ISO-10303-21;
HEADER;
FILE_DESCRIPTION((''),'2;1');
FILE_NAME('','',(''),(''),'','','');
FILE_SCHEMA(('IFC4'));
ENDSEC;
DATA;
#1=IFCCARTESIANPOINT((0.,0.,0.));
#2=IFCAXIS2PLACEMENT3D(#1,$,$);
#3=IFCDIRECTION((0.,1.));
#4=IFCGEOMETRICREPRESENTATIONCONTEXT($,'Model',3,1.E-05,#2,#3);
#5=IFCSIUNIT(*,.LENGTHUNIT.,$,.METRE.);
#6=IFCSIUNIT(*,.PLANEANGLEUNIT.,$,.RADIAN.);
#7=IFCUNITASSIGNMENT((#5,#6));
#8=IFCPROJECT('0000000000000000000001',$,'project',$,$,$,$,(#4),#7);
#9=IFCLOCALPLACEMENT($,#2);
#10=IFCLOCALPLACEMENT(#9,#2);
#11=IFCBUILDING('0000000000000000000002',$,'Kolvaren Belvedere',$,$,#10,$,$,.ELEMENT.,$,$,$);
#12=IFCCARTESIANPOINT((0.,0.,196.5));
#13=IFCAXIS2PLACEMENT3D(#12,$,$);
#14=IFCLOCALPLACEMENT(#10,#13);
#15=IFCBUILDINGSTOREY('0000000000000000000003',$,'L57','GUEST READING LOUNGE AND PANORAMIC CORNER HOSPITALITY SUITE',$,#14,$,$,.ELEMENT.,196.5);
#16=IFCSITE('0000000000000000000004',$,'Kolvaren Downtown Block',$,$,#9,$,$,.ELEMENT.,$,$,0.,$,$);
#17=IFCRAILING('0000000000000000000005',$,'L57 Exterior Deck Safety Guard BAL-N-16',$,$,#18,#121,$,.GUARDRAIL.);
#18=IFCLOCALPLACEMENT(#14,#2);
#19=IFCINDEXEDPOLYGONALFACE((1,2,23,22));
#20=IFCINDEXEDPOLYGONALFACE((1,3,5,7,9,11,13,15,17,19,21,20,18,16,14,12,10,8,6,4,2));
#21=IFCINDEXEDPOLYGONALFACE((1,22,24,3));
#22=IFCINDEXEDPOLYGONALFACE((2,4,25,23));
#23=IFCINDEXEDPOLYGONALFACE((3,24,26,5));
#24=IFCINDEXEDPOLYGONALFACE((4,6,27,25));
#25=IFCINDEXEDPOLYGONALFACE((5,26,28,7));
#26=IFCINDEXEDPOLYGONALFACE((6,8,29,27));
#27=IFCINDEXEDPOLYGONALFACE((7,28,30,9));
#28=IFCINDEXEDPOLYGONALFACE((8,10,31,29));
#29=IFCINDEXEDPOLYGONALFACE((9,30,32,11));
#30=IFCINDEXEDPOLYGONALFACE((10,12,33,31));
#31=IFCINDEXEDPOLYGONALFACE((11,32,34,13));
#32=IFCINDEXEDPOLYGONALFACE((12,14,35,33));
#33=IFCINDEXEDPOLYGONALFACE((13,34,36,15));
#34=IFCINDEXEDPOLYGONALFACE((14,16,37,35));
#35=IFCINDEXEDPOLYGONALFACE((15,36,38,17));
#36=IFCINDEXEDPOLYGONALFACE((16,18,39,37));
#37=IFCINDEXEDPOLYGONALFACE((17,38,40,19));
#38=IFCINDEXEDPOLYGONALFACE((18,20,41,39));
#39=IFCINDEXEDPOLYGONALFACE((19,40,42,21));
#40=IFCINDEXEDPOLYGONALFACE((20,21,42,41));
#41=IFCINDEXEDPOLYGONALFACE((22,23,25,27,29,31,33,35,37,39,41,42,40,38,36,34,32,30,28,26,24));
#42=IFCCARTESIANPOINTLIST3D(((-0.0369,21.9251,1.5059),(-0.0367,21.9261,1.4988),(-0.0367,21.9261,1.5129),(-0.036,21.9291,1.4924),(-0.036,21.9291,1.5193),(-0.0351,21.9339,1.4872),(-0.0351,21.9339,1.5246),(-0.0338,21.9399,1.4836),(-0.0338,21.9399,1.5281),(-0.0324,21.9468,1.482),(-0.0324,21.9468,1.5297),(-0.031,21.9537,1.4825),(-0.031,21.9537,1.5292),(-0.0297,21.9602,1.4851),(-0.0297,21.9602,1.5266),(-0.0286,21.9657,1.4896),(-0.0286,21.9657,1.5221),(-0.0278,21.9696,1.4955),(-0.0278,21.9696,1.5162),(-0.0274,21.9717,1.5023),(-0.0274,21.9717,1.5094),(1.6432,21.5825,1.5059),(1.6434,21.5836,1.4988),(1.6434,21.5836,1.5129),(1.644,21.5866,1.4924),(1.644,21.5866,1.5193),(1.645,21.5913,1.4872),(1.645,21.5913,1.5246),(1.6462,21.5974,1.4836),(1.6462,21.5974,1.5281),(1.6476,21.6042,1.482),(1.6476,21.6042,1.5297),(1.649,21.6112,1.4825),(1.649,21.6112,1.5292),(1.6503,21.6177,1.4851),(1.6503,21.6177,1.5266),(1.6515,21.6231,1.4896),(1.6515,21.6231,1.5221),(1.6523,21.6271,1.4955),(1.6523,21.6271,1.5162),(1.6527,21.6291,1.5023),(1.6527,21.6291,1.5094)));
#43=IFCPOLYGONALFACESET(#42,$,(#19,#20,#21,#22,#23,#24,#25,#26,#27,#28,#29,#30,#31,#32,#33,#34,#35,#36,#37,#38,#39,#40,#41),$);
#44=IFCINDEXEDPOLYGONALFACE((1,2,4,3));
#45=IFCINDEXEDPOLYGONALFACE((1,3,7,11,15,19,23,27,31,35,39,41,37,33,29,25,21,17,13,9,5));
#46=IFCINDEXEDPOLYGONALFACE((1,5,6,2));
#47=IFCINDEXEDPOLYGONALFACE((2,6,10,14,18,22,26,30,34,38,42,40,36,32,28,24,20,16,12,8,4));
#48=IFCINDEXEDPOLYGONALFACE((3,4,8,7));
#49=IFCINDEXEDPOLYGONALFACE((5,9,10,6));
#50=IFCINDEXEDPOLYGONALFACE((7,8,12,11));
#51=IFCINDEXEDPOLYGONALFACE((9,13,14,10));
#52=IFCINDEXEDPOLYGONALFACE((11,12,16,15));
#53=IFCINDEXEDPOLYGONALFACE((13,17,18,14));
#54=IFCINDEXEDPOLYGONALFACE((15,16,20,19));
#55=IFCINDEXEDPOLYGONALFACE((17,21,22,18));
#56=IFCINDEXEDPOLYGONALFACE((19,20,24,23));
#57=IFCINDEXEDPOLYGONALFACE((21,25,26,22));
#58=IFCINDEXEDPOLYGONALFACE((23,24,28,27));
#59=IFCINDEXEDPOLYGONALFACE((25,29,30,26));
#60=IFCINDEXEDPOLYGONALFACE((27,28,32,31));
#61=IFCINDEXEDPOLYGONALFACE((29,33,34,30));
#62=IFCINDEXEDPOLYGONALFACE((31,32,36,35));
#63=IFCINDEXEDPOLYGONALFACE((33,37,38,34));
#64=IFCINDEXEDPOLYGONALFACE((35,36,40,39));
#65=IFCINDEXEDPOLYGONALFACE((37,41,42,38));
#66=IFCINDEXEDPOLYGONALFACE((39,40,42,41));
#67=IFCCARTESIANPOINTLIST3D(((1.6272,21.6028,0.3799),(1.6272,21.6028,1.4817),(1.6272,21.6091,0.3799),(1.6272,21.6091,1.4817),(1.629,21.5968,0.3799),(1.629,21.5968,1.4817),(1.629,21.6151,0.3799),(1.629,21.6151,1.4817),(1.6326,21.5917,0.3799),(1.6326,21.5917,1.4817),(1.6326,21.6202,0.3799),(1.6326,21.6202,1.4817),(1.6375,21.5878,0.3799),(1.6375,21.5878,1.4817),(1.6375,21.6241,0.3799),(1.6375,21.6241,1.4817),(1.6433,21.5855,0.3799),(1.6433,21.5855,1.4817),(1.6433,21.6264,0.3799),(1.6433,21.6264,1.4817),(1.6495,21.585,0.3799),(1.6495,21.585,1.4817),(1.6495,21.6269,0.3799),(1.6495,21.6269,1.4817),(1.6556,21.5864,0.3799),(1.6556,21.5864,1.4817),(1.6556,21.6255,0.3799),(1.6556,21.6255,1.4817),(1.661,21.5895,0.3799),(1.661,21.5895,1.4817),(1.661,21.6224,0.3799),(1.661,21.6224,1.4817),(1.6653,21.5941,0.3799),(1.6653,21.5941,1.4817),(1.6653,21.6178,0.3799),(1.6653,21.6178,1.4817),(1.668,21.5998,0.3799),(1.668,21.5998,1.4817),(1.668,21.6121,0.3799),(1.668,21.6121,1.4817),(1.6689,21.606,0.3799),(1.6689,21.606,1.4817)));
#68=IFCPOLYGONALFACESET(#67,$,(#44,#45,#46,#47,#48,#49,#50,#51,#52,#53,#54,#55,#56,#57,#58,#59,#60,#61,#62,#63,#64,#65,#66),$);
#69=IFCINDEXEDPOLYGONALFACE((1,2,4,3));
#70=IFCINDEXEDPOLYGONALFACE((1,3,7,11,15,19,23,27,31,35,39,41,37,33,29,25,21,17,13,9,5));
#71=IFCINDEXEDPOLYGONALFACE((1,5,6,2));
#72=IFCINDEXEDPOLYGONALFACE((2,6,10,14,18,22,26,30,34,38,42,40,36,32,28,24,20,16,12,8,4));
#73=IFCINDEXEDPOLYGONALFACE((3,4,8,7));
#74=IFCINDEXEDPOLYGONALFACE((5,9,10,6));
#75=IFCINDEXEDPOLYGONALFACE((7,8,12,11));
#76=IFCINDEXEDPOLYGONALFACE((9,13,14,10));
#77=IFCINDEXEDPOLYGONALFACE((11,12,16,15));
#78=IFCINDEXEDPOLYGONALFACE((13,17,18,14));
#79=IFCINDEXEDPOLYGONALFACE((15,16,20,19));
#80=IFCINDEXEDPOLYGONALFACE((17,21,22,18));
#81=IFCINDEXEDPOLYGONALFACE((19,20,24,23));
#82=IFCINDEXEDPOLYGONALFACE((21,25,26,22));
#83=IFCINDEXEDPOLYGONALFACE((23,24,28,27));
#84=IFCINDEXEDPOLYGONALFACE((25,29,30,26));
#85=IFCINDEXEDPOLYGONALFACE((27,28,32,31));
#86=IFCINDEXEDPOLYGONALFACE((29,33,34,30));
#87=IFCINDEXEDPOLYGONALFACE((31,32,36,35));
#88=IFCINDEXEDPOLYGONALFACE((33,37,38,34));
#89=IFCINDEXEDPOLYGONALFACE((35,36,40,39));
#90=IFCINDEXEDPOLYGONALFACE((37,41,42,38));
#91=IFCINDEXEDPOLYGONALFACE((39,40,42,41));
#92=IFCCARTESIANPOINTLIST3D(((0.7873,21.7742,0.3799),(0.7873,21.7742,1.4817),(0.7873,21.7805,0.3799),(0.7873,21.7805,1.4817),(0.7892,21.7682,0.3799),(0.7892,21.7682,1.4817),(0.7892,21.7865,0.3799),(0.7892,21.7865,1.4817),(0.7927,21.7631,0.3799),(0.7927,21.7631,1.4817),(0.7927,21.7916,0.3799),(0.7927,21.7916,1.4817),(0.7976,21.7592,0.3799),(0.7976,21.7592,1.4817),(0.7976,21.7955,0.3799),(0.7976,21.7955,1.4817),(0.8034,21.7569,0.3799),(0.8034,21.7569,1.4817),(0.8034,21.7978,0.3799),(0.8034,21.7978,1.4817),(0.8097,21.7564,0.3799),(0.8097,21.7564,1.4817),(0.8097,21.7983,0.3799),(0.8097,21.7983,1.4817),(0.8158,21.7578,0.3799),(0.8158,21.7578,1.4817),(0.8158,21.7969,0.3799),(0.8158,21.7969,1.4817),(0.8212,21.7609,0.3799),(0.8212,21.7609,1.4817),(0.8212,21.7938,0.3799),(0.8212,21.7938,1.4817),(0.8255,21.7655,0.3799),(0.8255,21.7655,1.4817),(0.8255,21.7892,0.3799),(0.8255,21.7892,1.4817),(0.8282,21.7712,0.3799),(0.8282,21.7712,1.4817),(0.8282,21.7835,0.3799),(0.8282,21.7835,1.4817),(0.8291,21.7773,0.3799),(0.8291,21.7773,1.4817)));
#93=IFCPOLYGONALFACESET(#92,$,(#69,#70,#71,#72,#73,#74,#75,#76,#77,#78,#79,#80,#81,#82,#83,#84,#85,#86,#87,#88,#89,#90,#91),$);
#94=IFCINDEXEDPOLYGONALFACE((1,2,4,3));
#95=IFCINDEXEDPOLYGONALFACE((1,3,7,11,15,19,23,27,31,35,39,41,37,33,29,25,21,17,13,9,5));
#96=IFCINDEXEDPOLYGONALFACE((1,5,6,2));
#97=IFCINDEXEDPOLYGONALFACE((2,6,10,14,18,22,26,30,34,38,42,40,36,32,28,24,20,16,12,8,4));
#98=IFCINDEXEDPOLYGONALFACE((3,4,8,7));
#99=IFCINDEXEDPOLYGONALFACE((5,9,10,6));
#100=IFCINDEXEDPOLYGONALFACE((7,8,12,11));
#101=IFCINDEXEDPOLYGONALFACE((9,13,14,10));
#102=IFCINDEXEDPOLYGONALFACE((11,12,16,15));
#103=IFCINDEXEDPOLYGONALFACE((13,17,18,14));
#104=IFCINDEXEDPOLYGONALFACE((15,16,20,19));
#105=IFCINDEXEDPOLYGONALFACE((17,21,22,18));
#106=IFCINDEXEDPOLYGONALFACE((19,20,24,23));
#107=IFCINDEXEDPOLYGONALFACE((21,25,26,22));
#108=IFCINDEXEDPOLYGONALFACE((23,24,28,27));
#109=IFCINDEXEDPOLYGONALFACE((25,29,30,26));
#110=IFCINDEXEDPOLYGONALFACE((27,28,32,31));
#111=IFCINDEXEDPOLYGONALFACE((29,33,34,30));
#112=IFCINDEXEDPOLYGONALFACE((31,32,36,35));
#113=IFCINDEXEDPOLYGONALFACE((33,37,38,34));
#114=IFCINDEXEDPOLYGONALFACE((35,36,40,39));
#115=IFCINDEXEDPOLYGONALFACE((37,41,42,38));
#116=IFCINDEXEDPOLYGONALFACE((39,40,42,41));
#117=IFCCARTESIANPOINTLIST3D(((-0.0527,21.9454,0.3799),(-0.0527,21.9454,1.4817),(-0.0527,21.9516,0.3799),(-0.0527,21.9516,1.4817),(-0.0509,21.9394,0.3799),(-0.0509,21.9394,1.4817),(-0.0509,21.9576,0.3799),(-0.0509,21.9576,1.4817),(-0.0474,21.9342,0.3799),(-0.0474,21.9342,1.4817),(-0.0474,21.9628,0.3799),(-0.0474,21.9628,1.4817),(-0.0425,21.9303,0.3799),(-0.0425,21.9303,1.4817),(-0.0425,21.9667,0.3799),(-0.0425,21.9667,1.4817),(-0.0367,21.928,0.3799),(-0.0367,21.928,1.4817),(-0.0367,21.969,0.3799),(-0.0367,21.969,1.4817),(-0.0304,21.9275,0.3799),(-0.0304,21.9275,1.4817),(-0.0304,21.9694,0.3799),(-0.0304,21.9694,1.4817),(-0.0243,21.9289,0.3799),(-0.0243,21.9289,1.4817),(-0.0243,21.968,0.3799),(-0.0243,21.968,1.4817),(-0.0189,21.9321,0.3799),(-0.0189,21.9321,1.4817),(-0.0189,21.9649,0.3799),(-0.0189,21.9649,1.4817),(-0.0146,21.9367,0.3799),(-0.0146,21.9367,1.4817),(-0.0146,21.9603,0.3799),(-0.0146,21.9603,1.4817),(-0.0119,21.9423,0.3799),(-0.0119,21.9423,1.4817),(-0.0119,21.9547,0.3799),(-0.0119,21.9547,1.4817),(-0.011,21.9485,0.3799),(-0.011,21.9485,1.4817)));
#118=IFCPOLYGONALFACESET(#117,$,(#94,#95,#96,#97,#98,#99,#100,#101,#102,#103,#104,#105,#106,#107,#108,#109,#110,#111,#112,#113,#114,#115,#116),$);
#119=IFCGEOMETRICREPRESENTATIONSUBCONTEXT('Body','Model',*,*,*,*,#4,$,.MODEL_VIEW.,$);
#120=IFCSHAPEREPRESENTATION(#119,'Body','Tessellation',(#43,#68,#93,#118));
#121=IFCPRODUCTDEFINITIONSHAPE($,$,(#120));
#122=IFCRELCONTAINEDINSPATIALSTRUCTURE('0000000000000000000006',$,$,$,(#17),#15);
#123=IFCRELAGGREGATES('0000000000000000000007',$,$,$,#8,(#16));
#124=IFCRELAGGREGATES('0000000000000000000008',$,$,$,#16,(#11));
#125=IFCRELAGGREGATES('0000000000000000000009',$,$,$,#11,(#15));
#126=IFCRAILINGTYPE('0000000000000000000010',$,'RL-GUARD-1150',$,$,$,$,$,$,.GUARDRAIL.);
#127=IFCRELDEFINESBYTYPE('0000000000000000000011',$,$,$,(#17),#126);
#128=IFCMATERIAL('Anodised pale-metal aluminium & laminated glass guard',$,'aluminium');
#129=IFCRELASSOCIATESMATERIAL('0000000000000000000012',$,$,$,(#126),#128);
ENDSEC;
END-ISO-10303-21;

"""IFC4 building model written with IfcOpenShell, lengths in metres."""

from ifc_helpers import new_model, si_unit, direction, frame, origin, origin_2d, place, context, subcontext, project, spatial, circle, extrude, material, type_object, element, save


model = new_model("IFC4")

# Units and contexts
model_context = context("Model", 3, precision=1e-05, world=origin(), true_north=direction((0.0, 1.0)))
body_context = subcontext(model_context, "Body", "Model", "MODEL_VIEW")
ifc_project = project(units=[si_unit("LENGTHUNIT", "METRE"), si_unit("PLANEANGLEUNIT", "RADIAN")], contexts=[model_context])

# Site, building, storey
site_placement = place(None, origin())
site = spatial("IfcSite", under=ifc_project, at=site_placement, Name="Kolvaren Downtown Block", CompositionType="ELEMENT", RefElevation=0.0)
building_placement = place(site_placement, origin())
building = spatial("IfcBuilding", under=site, at=building_placement, Name="Kolvaren Belvedere", CompositionType="ELEMENT")
storey_placement = place(building_placement, frame((0.0, 0.0, 196.5)))
storey = spatial("IfcBuildingStorey", under=building, at=storey_placement, Name="L57", Description="GUEST READING LOUNGE AND PANORAMIC CORNER HOSPITALITY SUITE", CompositionType="ELEMENT", Elevation=196.5)

# Railing
ifc_material_1 = material(Name="Anodised pale-metal aluminium & laminated glass guard", Category="aluminium")
railing_type = type_object("IfcRailingType", Name="RL-GUARD-1150", PredefinedType="GUARDRAIL", material=ifc_material_1)
railing_1_placement = place(storey_placement, frame((1.6479, 21.606, 0.3799)))
element("IfcRailing", 1, at=railing_1_placement, inside=storey, type_object=railing_type, Name="L57 Exterior Deck Safety Guard BAL-N-16", PredefinedType="GUARDRAIL", context=body_context, shape_type="SweptSolid", body=[
    extrude(circle(Radius=0.0239, at=origin_2d()), frame((0.0, 0.0, 1.126), z_axis=(-0.97984, 0.199784, 0.0), x_axis=(-0.199784, -0.97984, 0.0)), (0.0, 0.0, 1.0), 1.7146),
    extrude(circle(Radius=0.021, at=origin_2d()), origin(), (0.0, 0.0, 1.0), 1.1018),
    extrude(circle(Radius=0.021, at=origin_2d()), frame((-0.8398, 0.1714, 0.0)), (0.0, 0.0, 1.0), 1.1018),
    extrude(circle(Radius=0.021, at=origin_2d()), frame((-1.6799, 0.3425, 0.0)), (0.0, 0.0, 1.0), 1.1018),
])

save(model, "model.ifc")
